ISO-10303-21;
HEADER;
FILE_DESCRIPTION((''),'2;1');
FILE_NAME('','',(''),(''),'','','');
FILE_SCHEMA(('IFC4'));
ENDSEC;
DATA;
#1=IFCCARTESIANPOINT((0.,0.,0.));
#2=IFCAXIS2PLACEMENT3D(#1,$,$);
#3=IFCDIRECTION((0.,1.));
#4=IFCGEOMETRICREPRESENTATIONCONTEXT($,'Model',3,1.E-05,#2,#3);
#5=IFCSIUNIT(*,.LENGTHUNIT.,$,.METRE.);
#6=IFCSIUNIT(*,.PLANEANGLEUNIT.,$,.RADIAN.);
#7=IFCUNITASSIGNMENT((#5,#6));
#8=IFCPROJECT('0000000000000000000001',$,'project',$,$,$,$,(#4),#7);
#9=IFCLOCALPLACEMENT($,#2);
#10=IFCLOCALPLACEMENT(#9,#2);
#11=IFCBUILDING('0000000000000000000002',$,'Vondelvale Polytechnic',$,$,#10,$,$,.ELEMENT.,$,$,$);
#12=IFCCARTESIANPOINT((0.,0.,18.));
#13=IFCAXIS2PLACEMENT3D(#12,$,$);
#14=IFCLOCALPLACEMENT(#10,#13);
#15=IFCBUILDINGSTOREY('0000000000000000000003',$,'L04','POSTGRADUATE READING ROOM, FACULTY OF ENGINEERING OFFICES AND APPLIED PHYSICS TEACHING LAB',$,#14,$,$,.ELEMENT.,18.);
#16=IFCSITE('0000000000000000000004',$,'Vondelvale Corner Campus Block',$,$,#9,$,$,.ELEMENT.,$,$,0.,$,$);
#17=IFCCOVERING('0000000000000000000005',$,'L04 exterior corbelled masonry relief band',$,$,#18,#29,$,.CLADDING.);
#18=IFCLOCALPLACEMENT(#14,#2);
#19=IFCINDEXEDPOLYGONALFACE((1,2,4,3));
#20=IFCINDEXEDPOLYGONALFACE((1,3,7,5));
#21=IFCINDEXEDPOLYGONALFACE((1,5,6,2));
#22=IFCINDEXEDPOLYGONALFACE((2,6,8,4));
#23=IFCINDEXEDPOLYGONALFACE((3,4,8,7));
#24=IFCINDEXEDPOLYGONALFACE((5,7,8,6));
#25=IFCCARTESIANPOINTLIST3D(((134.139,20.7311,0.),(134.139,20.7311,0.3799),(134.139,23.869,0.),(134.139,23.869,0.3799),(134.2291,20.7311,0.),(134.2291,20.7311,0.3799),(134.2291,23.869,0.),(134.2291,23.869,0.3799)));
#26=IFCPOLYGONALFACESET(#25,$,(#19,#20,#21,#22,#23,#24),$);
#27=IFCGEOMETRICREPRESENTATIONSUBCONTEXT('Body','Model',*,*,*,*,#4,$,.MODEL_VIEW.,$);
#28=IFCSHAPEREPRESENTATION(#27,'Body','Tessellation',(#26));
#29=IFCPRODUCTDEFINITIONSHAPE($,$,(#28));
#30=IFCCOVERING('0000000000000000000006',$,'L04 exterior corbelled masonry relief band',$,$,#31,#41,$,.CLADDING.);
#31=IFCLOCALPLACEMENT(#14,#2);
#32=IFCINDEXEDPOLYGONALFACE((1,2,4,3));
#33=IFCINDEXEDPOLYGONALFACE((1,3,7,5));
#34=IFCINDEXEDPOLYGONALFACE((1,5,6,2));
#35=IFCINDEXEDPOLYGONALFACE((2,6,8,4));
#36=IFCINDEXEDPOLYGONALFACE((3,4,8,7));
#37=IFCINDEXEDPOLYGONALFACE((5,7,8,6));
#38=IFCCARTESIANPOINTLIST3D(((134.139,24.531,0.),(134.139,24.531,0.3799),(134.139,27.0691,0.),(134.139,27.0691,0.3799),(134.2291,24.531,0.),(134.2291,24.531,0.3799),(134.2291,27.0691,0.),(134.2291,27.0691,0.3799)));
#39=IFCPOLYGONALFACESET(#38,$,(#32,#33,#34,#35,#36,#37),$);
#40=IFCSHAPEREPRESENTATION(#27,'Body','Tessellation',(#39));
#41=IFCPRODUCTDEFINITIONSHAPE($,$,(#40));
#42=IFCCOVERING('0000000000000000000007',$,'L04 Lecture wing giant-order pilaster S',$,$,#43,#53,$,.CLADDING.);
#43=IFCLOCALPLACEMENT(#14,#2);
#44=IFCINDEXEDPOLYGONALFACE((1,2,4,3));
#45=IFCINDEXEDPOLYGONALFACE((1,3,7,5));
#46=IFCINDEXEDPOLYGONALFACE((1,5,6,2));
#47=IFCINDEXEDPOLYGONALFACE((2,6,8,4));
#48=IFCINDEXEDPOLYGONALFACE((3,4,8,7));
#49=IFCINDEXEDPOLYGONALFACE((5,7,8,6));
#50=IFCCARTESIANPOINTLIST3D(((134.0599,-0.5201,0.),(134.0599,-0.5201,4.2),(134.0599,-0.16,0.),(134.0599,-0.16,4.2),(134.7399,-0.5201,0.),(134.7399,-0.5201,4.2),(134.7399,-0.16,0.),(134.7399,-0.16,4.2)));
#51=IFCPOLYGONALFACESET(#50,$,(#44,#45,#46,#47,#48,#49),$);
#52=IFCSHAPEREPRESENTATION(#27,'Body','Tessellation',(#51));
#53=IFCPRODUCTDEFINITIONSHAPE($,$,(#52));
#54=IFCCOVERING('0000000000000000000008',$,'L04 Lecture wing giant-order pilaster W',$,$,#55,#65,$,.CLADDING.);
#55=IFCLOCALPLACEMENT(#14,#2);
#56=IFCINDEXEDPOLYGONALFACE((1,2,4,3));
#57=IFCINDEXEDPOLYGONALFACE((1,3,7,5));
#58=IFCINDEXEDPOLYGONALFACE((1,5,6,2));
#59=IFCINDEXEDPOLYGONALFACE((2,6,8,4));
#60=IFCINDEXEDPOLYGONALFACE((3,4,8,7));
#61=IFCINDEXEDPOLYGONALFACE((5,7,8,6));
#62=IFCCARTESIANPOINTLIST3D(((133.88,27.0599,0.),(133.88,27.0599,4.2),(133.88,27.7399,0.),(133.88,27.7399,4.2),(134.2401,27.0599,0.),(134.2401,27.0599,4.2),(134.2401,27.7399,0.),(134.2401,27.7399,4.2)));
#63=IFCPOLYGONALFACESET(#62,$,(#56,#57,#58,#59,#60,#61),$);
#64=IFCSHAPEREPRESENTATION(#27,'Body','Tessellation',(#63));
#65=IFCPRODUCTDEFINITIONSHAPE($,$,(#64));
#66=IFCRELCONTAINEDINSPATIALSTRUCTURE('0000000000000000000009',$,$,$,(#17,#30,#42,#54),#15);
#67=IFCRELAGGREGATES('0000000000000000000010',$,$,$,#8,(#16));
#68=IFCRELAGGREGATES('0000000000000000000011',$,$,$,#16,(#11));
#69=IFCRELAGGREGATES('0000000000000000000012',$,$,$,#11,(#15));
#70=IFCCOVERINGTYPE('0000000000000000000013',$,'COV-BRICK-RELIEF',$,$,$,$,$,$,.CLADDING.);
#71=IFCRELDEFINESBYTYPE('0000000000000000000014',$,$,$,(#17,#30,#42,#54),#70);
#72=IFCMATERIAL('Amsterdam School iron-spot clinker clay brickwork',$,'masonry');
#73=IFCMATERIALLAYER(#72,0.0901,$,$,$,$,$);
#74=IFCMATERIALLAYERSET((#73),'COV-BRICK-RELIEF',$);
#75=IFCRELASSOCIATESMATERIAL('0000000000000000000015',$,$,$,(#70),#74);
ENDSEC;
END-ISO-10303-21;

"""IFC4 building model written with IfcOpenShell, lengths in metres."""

from ifc_helpers import new_model, si_unit, direction, frame, origin, origin_2d, place, context, subcontext, project, spatial, rectangle, extrude, material, layer, layer_set, type_object, element, save


model = new_model("IFC4")

# Units and contexts
model_context = context("Model", 3, precision=1e-05, world=origin(), true_north=direction((0.0, 1.0)))
body_context = subcontext(model_context, "Body", "Model", "MODEL_VIEW")
ifc_project = project(units=[si_unit("LENGTHUNIT", "METRE"), si_unit("PLANEANGLEUNIT", "RADIAN")], contexts=[model_context])

# Site, building, storey
site_placement = place(None, origin())
site = spatial("IfcSite", under=ifc_project, at=site_placement, Name="Vondelvale Corner Campus Block", CompositionType="ELEMENT", RefElevation=0.0)
building_placement = place(site_placement, origin())
building = spatial("IfcBuilding", under=site, at=building_placement, Name="Vondelvale Polytechnic", CompositionType="ELEMENT")
storey_placement = place(building_placement, frame((0.0, 0.0, 18.0)))
storey = spatial("IfcBuildingStorey", under=building, at=storey_placement, Name="L04", Description="POSTGRADUATE READING ROOM, FACULTY OF ENGINEERING OFFICES AND APPLIED PHYSICS TEACHING LAB", CompositionType="ELEMENT", Elevation=18.0)

# Shared definitions
ifc_material_1 = material(Name="Amsterdam School iron-spot clinker clay brickwork", Category="masonry")

# Coverings
ifc_layer_1 = layer(ifc_material_1, 0.0901)
ifc_layer_set_1 = layer_set([ifc_layer_1], Name="COV-BRICK-RELIEF")
covering_type = type_object("IfcCoveringType", Name="COV-BRICK-RELIEF", PredefinedType="CLADDING", material=ifc_layer_set_1)
covering_1_placement = place(storey_placement, frame((134.1841, 22.3, 0.0), z_axis=(0.0, 0.0, 1.0), x_axis=(0.0, 1.0, 0.0)))
element("IfcCovering", 1, at=covering_1_placement, inside=storey, type_object=covering_type, Name="L04 exterior corbelled masonry relief band", PredefinedType="CLADDING", context=body_context, shape_type="SweptSolid", body=[
    extrude(rectangle(XDim=3.1379, YDim=0.0901, at=origin_2d()), origin(), (0.0, 0.0, 1.0), 0.3799),
])
covering_2_placement = place(storey_placement, frame((134.1841, 25.8, 0.0), z_axis=(0.0, 0.0, 1.0), x_axis=(0.0, 1.0, 0.0)))
element("IfcCovering", 2, at=covering_2_placement, inside=storey, type_object=covering_type, Name="L04 exterior corbelled masonry relief band", PredefinedType="CLADDING", context=body_context, shape_type="SweptSolid", body=[
    extrude(rectangle(XDim=2.5381, YDim=0.0901, at=origin_2d()), origin(), (0.0, 0.0, 1.0), 0.3799),
])
covering_3_placement = place(storey_placement, frame((134.3999, -0.3401, 0.0), z_axis=(0.0, 0.0, 1.0), x_axis=(1.0, 0.0, 0.0)))
element("IfcCovering", 3, at=covering_3_placement, inside=storey, type_object=covering_type, Name="L04 Lecture wing giant-order pilaster S", PredefinedType="CLADDING", context=body_context, shape_type="SweptSolid", body=[
    extrude(rectangle(XDim=0.6799, YDim=0.3601, at=origin_2d()), origin(), (0.0, 0.0, 1.0), 4.2),
])
covering_4_placement = place(storey_placement, frame((134.0601, 27.3999, 0.0), z_axis=(0.0, 0.0, 1.0), x_axis=(1.0, 0.0, 0.0)))
element("IfcCovering", 4, at=covering_4_placement, inside=storey, type_object=covering_type, Name="L04 Lecture wing giant-order pilaster W", PredefinedType="CLADDING", context=body_context, shape_type="SweptSolid", body=[
    extrude(rectangle(XDim=0.3601, YDim=0.6799, at=origin_2d()), origin(), (0.0, 0.0, 1.0), 4.2),
])

save(model, "model.ifc")
